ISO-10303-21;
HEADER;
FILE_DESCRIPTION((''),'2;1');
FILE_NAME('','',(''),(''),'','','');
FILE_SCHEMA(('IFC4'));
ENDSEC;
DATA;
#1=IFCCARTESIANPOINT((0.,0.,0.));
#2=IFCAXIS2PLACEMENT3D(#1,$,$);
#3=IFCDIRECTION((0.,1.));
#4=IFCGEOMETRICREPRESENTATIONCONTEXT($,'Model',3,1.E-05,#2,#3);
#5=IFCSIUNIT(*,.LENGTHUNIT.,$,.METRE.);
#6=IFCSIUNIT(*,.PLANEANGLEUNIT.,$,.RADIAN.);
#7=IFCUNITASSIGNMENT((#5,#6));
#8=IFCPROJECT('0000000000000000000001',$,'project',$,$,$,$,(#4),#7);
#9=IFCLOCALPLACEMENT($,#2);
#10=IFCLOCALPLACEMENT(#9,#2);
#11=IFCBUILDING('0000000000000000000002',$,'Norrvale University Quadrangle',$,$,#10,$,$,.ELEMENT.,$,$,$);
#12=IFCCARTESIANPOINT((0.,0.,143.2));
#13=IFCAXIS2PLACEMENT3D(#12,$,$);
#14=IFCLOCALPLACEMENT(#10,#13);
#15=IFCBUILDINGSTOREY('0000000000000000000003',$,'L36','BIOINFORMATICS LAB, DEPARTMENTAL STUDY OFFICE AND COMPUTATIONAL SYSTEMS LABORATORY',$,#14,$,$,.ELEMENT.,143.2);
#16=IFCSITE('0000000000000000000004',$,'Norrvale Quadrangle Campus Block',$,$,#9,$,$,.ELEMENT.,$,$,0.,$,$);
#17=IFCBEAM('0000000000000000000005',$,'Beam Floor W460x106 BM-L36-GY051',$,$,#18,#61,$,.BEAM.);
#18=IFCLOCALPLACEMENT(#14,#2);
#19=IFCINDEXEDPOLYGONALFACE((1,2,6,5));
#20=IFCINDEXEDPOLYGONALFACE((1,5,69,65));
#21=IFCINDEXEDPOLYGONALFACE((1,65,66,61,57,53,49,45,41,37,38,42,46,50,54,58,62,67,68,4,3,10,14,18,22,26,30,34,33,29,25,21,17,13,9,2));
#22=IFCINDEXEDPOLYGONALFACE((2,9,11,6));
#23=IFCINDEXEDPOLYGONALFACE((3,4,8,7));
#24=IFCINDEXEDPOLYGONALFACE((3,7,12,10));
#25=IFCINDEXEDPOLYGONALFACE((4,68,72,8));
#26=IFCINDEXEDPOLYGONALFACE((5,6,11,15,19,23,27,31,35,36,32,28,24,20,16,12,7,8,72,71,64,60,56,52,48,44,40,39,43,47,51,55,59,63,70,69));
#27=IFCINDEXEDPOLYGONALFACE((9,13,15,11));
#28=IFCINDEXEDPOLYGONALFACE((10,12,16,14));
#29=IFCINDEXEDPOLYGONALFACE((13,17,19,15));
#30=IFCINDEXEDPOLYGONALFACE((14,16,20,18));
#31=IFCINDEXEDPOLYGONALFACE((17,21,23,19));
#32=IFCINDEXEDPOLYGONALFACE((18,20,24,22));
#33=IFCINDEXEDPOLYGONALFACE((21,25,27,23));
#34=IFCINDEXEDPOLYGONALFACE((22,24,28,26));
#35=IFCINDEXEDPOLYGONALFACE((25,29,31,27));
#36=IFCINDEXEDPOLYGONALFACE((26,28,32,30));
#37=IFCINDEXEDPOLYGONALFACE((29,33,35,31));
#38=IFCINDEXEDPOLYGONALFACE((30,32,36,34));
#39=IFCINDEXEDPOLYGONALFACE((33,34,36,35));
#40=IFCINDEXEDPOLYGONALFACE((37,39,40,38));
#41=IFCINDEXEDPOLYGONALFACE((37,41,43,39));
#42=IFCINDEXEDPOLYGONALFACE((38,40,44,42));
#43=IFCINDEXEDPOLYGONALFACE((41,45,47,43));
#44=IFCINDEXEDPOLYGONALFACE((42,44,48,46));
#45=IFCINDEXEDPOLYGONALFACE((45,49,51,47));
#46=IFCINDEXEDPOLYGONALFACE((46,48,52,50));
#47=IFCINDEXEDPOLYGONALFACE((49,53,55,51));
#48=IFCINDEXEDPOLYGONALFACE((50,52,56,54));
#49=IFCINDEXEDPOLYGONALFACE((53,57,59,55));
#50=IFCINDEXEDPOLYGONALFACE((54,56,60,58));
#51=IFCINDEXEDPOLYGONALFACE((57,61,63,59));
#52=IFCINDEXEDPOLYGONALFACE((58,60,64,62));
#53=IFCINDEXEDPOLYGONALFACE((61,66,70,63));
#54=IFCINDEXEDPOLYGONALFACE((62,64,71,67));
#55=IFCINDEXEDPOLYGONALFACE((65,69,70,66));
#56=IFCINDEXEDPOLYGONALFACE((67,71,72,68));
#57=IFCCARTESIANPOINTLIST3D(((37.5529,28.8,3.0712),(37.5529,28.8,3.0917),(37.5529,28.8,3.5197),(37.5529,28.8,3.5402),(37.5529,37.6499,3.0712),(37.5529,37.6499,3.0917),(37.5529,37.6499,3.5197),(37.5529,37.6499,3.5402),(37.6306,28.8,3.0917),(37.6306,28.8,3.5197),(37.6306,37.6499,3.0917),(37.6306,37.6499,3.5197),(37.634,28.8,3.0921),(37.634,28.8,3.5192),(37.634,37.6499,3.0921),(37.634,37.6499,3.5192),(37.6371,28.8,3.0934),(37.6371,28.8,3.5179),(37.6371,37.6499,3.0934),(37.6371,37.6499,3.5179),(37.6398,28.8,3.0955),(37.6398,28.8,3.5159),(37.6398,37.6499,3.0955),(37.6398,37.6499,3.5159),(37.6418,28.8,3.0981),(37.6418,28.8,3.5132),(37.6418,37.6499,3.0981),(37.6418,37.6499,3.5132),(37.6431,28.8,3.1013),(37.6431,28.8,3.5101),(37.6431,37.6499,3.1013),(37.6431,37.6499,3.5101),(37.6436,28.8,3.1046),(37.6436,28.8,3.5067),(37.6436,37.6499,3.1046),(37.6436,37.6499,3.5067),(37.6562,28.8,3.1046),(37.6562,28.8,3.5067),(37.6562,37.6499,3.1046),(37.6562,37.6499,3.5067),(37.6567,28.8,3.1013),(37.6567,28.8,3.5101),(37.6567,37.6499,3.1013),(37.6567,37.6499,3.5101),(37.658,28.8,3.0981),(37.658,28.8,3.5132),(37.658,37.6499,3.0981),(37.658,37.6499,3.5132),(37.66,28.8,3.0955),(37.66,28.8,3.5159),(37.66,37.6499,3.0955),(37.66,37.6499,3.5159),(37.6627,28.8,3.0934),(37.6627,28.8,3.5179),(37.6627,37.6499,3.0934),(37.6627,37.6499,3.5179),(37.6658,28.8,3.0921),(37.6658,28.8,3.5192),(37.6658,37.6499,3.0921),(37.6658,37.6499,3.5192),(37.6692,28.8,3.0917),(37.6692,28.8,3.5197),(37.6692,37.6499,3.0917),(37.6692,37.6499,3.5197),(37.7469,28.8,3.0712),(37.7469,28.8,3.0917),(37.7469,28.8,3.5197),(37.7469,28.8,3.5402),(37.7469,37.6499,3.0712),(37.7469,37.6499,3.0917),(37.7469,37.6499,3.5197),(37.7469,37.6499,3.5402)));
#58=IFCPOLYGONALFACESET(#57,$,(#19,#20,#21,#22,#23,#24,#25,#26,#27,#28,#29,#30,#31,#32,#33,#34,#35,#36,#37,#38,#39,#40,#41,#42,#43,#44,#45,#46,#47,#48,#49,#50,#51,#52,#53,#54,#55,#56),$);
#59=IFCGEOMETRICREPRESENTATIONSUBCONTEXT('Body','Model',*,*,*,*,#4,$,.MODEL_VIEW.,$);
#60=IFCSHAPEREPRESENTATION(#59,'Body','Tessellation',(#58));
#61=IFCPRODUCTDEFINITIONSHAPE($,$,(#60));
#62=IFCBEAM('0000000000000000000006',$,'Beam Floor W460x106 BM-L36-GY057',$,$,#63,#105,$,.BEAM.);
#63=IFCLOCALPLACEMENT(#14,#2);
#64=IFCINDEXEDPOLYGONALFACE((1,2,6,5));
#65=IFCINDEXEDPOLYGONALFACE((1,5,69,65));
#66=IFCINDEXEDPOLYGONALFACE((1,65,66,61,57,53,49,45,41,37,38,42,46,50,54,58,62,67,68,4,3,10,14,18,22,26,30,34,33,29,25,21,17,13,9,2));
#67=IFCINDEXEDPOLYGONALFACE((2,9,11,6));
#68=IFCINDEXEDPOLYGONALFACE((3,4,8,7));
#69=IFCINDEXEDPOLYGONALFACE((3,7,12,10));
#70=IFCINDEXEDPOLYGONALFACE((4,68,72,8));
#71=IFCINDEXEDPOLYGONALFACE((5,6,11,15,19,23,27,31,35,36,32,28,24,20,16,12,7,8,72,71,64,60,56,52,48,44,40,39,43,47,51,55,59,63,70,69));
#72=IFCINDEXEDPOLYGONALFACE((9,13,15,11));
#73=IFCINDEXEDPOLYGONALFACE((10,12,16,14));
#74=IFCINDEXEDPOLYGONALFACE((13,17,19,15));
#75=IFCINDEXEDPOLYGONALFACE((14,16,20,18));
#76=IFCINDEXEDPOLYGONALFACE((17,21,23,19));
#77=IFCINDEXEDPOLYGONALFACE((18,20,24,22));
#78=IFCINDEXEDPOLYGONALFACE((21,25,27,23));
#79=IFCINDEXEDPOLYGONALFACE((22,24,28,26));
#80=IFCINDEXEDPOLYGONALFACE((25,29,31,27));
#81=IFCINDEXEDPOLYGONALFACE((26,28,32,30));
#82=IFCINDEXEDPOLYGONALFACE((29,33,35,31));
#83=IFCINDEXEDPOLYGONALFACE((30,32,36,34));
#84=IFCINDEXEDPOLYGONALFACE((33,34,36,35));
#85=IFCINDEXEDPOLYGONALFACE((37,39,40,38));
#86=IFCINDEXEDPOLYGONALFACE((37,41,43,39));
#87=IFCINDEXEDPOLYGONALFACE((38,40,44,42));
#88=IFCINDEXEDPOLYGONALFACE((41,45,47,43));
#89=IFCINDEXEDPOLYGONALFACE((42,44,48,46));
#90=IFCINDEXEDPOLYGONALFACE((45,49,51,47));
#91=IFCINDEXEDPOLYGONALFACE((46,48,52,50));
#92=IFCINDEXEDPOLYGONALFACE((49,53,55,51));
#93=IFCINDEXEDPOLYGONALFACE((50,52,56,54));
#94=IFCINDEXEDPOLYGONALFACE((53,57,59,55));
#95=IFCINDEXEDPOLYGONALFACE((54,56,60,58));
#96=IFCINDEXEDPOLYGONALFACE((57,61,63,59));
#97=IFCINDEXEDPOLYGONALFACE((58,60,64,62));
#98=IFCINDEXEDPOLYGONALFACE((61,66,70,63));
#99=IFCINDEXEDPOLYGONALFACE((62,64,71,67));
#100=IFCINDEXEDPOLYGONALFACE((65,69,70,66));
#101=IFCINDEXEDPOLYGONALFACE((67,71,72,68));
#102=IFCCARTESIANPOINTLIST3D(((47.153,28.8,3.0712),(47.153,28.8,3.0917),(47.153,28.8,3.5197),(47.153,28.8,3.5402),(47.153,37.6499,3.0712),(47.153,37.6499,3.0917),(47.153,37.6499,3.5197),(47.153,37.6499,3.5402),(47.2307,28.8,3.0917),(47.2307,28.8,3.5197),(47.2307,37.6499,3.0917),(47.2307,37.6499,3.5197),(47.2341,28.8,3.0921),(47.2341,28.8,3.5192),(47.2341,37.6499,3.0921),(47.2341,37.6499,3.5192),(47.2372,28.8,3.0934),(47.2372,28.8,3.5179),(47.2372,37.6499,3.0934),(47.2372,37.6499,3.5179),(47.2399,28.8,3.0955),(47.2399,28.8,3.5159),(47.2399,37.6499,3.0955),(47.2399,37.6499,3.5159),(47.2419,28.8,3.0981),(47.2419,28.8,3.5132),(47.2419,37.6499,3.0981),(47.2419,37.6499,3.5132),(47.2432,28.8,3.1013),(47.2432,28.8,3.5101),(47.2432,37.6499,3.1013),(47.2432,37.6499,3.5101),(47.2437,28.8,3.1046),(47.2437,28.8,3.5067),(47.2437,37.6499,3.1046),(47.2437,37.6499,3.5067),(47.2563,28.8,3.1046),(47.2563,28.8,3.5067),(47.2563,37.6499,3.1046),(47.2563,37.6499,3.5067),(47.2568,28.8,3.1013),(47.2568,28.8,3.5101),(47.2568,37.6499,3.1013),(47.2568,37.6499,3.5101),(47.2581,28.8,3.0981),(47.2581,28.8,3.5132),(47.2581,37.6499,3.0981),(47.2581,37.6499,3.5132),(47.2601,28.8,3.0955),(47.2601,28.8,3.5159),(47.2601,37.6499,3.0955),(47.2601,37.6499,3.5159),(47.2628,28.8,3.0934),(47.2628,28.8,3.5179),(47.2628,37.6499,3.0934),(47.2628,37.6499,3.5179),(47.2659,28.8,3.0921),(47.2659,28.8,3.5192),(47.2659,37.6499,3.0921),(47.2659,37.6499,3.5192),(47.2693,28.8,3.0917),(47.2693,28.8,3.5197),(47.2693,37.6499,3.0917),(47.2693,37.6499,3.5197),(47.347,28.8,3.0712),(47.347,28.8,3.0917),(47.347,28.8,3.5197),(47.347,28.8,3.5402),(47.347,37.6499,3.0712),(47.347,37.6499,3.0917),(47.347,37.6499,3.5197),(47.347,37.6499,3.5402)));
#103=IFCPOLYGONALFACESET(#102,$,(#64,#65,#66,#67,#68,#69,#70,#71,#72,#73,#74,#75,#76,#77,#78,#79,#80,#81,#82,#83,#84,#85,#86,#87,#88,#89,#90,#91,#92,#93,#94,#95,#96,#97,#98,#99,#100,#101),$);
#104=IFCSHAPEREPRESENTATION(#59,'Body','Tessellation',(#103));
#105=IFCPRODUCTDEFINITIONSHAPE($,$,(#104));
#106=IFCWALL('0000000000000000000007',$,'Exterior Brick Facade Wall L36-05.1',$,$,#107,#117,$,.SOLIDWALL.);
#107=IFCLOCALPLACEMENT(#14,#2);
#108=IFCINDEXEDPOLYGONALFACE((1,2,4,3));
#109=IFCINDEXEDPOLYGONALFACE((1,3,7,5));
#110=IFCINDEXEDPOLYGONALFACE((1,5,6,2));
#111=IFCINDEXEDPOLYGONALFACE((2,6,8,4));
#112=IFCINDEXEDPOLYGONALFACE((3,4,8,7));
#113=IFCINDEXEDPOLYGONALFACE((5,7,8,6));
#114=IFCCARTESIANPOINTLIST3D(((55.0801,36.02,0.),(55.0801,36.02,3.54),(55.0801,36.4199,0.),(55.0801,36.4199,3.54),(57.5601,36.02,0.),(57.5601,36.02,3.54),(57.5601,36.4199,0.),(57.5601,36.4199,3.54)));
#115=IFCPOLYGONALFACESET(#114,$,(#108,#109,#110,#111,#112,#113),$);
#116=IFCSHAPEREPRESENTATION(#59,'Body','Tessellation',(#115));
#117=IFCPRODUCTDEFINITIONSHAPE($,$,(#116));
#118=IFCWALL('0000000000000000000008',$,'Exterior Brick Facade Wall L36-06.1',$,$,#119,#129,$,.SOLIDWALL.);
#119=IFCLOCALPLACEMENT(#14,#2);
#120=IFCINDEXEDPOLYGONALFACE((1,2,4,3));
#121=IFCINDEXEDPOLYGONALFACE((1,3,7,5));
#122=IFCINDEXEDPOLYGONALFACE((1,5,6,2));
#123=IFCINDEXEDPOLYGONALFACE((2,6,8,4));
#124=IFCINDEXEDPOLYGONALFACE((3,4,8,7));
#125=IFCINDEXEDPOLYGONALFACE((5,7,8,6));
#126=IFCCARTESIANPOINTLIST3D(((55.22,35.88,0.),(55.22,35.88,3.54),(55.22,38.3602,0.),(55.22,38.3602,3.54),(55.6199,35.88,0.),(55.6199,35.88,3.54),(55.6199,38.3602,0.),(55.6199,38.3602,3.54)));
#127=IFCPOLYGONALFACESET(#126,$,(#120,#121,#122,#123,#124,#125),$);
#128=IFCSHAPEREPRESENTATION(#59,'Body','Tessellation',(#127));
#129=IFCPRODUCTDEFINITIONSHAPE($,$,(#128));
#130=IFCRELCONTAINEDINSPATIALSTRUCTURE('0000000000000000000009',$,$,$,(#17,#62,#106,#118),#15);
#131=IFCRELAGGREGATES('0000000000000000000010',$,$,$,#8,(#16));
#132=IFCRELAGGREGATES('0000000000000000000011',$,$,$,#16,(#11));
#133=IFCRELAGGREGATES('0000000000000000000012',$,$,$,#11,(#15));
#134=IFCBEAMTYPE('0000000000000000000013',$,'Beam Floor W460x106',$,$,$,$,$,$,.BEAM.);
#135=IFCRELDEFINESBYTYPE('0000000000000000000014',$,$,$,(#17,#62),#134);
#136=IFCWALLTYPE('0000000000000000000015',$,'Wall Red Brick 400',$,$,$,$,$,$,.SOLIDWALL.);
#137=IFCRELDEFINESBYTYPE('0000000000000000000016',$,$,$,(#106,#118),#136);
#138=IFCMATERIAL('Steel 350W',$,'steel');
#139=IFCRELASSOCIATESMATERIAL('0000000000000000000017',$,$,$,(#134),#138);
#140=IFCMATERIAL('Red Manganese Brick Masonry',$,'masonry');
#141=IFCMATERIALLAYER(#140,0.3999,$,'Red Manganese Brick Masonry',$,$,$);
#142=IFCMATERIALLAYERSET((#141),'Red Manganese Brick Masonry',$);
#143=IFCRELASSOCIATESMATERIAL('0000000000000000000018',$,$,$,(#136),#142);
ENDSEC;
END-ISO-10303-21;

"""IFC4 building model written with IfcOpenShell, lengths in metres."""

from ifc_helpers import new_model, si_unit, direction, frame, frame_2d, origin, origin_2d, place, context, subcontext, project, spatial, rectangle, i_section, extrude, material, layer, layer_set, material_profile, profile_set, type_object, element, save


model = new_model("IFC4")

# Units and contexts
model_context = context("Model", 3, precision=1e-05, world=origin(), true_north=direction((0.0, 1.0)))
body_context = subcontext(model_context, "Body", "Model", "MODEL_VIEW")
ifc_project = project(units=[si_unit("LENGTHUNIT", "METRE"), si_unit("PLANEANGLEUNIT", "RADIAN")], contexts=[model_context])

# Site, building, storey
site_placement = place(None, origin())
site = spatial("IfcSite", under=ifc_project, at=site_placement, Name="Norrvale Quadrangle Campus Block", CompositionType="ELEMENT", RefElevation=0.0)
building_placement = place(site_placement, origin())
building = spatial("IfcBuilding", under=site, at=building_placement, Name="Norrvale University Quadrangle", CompositionType="ELEMENT")
storey_placement = place(building_placement, frame((0.0, 0.0, 143.2)))
storey = spatial("IfcBuildingStorey", under=building, at=storey_placement, Name="L36", Description="BIOINFORMATICS LAB, DEPARTMENTAL STUDY OFFICE AND COMPUTATIONAL SYSTEMS LABORATORY", CompositionType="ELEMENT", Elevation=143.2)

# Beams
ifc_material_1 = material(Name="Steel 350W", Category="steel")
ifc_material_profile_1 = material_profile(ifc_material_1, i_section(OverallWidth=0.1941, OverallDepth=0.469, WebThickness=0.0127, FlangeThickness=0.0205, FilletRadius=0.0129, at=origin_2d()), Name="Steel 350W")
ifc_profile_set_1 = profile_set([ifc_material_profile_1], Name="Steel 350W")
beam_type_1 = type_object("IfcBeamType", Name="Beam Floor W460x106", PredefinedType="BEAM", material=ifc_profile_set_1)
for number, where, z_axis, x_axis, name in (
    (1, (37.6499, 28.8, 3.3057), (0.0, 1.0, 0.0), (-1.0, 0.0, 0.0), "Beam Floor W460x106 BM-L36-GY051"),
    (2, (47.25, 28.8, 3.3057), (0.0, 1.0, 0.0), (-1.0, 0.0, 0.0), "Beam Floor W460x106 BM-L36-GY057"),
):
    element("IfcBeam", number, at=place(storey_placement, frame(where, z_axis=z_axis, x_axis=x_axis)), inside=storey, type_object=beam_type_1, Name=name, PredefinedType="BEAM", context=body_context, shape_type="SweptSolid", body=[
        extrude(i_section(OverallWidth=0.1941, OverallDepth=0.469, WebThickness=0.0127, FlangeThickness=0.0205, FilletRadius=0.0129, at=origin_2d()), origin(), (0.0, 0.0, 1.0), 8.8499),
    ])

# Walls
ifc_material_2 = material(Name="Red Manganese Brick Masonry", Category="masonry")
ifc_layer = layer(ifc_material_2, 0.3999, Name="Red Manganese Brick Masonry")
ifc_layer_set = layer_set([ifc_layer], Name="Red Manganese Brick Masonry")
wall_type = type_object("IfcWallType", Name="Wall Red Brick 400", PredefinedType="SOLIDWALL", material=ifc_layer_set)
wall_1_placement = place(storey_placement, frame((57.5601, 36.22, 0.0), z_axis=(0.0, 0.0, 1.0), x_axis=(-1.0, 0.0, 0.0)))
element("IfcWall", 3, at=wall_1_placement, inside=storey, type_object=wall_type, Name="Exterior Brick Facade Wall L36-05.1", PredefinedType="SOLIDWALL", context=body_context, shape_type="SweptSolid", body=[
    extrude(rectangle(XDim=2.48, YDim=0.3999, at=frame_2d((1.24, 0.0))), origin(), (0.0, 0.0, 1.0), 3.54),
])
wall_2_placement = place(storey_placement, frame((55.4199, 35.8799, 0.0), z_axis=(0.0, 0.0, 1.0), x_axis=(0.0, 1.0, 0.0)))
element("IfcWall", 4, at=wall_2_placement, inside=storey, type_object=wall_type, Name="Exterior Brick Facade Wall L36-06.1", PredefinedType="SOLIDWALL", context=body_context, shape_type="SweptSolid", body=[
    extrude(rectangle(XDim=2.4802, YDim=0.3999, at=frame_2d((1.2402, 0.0))), origin(), (0.0, 0.0, 1.0), 3.54),
])

save(model, "model.ifc")
